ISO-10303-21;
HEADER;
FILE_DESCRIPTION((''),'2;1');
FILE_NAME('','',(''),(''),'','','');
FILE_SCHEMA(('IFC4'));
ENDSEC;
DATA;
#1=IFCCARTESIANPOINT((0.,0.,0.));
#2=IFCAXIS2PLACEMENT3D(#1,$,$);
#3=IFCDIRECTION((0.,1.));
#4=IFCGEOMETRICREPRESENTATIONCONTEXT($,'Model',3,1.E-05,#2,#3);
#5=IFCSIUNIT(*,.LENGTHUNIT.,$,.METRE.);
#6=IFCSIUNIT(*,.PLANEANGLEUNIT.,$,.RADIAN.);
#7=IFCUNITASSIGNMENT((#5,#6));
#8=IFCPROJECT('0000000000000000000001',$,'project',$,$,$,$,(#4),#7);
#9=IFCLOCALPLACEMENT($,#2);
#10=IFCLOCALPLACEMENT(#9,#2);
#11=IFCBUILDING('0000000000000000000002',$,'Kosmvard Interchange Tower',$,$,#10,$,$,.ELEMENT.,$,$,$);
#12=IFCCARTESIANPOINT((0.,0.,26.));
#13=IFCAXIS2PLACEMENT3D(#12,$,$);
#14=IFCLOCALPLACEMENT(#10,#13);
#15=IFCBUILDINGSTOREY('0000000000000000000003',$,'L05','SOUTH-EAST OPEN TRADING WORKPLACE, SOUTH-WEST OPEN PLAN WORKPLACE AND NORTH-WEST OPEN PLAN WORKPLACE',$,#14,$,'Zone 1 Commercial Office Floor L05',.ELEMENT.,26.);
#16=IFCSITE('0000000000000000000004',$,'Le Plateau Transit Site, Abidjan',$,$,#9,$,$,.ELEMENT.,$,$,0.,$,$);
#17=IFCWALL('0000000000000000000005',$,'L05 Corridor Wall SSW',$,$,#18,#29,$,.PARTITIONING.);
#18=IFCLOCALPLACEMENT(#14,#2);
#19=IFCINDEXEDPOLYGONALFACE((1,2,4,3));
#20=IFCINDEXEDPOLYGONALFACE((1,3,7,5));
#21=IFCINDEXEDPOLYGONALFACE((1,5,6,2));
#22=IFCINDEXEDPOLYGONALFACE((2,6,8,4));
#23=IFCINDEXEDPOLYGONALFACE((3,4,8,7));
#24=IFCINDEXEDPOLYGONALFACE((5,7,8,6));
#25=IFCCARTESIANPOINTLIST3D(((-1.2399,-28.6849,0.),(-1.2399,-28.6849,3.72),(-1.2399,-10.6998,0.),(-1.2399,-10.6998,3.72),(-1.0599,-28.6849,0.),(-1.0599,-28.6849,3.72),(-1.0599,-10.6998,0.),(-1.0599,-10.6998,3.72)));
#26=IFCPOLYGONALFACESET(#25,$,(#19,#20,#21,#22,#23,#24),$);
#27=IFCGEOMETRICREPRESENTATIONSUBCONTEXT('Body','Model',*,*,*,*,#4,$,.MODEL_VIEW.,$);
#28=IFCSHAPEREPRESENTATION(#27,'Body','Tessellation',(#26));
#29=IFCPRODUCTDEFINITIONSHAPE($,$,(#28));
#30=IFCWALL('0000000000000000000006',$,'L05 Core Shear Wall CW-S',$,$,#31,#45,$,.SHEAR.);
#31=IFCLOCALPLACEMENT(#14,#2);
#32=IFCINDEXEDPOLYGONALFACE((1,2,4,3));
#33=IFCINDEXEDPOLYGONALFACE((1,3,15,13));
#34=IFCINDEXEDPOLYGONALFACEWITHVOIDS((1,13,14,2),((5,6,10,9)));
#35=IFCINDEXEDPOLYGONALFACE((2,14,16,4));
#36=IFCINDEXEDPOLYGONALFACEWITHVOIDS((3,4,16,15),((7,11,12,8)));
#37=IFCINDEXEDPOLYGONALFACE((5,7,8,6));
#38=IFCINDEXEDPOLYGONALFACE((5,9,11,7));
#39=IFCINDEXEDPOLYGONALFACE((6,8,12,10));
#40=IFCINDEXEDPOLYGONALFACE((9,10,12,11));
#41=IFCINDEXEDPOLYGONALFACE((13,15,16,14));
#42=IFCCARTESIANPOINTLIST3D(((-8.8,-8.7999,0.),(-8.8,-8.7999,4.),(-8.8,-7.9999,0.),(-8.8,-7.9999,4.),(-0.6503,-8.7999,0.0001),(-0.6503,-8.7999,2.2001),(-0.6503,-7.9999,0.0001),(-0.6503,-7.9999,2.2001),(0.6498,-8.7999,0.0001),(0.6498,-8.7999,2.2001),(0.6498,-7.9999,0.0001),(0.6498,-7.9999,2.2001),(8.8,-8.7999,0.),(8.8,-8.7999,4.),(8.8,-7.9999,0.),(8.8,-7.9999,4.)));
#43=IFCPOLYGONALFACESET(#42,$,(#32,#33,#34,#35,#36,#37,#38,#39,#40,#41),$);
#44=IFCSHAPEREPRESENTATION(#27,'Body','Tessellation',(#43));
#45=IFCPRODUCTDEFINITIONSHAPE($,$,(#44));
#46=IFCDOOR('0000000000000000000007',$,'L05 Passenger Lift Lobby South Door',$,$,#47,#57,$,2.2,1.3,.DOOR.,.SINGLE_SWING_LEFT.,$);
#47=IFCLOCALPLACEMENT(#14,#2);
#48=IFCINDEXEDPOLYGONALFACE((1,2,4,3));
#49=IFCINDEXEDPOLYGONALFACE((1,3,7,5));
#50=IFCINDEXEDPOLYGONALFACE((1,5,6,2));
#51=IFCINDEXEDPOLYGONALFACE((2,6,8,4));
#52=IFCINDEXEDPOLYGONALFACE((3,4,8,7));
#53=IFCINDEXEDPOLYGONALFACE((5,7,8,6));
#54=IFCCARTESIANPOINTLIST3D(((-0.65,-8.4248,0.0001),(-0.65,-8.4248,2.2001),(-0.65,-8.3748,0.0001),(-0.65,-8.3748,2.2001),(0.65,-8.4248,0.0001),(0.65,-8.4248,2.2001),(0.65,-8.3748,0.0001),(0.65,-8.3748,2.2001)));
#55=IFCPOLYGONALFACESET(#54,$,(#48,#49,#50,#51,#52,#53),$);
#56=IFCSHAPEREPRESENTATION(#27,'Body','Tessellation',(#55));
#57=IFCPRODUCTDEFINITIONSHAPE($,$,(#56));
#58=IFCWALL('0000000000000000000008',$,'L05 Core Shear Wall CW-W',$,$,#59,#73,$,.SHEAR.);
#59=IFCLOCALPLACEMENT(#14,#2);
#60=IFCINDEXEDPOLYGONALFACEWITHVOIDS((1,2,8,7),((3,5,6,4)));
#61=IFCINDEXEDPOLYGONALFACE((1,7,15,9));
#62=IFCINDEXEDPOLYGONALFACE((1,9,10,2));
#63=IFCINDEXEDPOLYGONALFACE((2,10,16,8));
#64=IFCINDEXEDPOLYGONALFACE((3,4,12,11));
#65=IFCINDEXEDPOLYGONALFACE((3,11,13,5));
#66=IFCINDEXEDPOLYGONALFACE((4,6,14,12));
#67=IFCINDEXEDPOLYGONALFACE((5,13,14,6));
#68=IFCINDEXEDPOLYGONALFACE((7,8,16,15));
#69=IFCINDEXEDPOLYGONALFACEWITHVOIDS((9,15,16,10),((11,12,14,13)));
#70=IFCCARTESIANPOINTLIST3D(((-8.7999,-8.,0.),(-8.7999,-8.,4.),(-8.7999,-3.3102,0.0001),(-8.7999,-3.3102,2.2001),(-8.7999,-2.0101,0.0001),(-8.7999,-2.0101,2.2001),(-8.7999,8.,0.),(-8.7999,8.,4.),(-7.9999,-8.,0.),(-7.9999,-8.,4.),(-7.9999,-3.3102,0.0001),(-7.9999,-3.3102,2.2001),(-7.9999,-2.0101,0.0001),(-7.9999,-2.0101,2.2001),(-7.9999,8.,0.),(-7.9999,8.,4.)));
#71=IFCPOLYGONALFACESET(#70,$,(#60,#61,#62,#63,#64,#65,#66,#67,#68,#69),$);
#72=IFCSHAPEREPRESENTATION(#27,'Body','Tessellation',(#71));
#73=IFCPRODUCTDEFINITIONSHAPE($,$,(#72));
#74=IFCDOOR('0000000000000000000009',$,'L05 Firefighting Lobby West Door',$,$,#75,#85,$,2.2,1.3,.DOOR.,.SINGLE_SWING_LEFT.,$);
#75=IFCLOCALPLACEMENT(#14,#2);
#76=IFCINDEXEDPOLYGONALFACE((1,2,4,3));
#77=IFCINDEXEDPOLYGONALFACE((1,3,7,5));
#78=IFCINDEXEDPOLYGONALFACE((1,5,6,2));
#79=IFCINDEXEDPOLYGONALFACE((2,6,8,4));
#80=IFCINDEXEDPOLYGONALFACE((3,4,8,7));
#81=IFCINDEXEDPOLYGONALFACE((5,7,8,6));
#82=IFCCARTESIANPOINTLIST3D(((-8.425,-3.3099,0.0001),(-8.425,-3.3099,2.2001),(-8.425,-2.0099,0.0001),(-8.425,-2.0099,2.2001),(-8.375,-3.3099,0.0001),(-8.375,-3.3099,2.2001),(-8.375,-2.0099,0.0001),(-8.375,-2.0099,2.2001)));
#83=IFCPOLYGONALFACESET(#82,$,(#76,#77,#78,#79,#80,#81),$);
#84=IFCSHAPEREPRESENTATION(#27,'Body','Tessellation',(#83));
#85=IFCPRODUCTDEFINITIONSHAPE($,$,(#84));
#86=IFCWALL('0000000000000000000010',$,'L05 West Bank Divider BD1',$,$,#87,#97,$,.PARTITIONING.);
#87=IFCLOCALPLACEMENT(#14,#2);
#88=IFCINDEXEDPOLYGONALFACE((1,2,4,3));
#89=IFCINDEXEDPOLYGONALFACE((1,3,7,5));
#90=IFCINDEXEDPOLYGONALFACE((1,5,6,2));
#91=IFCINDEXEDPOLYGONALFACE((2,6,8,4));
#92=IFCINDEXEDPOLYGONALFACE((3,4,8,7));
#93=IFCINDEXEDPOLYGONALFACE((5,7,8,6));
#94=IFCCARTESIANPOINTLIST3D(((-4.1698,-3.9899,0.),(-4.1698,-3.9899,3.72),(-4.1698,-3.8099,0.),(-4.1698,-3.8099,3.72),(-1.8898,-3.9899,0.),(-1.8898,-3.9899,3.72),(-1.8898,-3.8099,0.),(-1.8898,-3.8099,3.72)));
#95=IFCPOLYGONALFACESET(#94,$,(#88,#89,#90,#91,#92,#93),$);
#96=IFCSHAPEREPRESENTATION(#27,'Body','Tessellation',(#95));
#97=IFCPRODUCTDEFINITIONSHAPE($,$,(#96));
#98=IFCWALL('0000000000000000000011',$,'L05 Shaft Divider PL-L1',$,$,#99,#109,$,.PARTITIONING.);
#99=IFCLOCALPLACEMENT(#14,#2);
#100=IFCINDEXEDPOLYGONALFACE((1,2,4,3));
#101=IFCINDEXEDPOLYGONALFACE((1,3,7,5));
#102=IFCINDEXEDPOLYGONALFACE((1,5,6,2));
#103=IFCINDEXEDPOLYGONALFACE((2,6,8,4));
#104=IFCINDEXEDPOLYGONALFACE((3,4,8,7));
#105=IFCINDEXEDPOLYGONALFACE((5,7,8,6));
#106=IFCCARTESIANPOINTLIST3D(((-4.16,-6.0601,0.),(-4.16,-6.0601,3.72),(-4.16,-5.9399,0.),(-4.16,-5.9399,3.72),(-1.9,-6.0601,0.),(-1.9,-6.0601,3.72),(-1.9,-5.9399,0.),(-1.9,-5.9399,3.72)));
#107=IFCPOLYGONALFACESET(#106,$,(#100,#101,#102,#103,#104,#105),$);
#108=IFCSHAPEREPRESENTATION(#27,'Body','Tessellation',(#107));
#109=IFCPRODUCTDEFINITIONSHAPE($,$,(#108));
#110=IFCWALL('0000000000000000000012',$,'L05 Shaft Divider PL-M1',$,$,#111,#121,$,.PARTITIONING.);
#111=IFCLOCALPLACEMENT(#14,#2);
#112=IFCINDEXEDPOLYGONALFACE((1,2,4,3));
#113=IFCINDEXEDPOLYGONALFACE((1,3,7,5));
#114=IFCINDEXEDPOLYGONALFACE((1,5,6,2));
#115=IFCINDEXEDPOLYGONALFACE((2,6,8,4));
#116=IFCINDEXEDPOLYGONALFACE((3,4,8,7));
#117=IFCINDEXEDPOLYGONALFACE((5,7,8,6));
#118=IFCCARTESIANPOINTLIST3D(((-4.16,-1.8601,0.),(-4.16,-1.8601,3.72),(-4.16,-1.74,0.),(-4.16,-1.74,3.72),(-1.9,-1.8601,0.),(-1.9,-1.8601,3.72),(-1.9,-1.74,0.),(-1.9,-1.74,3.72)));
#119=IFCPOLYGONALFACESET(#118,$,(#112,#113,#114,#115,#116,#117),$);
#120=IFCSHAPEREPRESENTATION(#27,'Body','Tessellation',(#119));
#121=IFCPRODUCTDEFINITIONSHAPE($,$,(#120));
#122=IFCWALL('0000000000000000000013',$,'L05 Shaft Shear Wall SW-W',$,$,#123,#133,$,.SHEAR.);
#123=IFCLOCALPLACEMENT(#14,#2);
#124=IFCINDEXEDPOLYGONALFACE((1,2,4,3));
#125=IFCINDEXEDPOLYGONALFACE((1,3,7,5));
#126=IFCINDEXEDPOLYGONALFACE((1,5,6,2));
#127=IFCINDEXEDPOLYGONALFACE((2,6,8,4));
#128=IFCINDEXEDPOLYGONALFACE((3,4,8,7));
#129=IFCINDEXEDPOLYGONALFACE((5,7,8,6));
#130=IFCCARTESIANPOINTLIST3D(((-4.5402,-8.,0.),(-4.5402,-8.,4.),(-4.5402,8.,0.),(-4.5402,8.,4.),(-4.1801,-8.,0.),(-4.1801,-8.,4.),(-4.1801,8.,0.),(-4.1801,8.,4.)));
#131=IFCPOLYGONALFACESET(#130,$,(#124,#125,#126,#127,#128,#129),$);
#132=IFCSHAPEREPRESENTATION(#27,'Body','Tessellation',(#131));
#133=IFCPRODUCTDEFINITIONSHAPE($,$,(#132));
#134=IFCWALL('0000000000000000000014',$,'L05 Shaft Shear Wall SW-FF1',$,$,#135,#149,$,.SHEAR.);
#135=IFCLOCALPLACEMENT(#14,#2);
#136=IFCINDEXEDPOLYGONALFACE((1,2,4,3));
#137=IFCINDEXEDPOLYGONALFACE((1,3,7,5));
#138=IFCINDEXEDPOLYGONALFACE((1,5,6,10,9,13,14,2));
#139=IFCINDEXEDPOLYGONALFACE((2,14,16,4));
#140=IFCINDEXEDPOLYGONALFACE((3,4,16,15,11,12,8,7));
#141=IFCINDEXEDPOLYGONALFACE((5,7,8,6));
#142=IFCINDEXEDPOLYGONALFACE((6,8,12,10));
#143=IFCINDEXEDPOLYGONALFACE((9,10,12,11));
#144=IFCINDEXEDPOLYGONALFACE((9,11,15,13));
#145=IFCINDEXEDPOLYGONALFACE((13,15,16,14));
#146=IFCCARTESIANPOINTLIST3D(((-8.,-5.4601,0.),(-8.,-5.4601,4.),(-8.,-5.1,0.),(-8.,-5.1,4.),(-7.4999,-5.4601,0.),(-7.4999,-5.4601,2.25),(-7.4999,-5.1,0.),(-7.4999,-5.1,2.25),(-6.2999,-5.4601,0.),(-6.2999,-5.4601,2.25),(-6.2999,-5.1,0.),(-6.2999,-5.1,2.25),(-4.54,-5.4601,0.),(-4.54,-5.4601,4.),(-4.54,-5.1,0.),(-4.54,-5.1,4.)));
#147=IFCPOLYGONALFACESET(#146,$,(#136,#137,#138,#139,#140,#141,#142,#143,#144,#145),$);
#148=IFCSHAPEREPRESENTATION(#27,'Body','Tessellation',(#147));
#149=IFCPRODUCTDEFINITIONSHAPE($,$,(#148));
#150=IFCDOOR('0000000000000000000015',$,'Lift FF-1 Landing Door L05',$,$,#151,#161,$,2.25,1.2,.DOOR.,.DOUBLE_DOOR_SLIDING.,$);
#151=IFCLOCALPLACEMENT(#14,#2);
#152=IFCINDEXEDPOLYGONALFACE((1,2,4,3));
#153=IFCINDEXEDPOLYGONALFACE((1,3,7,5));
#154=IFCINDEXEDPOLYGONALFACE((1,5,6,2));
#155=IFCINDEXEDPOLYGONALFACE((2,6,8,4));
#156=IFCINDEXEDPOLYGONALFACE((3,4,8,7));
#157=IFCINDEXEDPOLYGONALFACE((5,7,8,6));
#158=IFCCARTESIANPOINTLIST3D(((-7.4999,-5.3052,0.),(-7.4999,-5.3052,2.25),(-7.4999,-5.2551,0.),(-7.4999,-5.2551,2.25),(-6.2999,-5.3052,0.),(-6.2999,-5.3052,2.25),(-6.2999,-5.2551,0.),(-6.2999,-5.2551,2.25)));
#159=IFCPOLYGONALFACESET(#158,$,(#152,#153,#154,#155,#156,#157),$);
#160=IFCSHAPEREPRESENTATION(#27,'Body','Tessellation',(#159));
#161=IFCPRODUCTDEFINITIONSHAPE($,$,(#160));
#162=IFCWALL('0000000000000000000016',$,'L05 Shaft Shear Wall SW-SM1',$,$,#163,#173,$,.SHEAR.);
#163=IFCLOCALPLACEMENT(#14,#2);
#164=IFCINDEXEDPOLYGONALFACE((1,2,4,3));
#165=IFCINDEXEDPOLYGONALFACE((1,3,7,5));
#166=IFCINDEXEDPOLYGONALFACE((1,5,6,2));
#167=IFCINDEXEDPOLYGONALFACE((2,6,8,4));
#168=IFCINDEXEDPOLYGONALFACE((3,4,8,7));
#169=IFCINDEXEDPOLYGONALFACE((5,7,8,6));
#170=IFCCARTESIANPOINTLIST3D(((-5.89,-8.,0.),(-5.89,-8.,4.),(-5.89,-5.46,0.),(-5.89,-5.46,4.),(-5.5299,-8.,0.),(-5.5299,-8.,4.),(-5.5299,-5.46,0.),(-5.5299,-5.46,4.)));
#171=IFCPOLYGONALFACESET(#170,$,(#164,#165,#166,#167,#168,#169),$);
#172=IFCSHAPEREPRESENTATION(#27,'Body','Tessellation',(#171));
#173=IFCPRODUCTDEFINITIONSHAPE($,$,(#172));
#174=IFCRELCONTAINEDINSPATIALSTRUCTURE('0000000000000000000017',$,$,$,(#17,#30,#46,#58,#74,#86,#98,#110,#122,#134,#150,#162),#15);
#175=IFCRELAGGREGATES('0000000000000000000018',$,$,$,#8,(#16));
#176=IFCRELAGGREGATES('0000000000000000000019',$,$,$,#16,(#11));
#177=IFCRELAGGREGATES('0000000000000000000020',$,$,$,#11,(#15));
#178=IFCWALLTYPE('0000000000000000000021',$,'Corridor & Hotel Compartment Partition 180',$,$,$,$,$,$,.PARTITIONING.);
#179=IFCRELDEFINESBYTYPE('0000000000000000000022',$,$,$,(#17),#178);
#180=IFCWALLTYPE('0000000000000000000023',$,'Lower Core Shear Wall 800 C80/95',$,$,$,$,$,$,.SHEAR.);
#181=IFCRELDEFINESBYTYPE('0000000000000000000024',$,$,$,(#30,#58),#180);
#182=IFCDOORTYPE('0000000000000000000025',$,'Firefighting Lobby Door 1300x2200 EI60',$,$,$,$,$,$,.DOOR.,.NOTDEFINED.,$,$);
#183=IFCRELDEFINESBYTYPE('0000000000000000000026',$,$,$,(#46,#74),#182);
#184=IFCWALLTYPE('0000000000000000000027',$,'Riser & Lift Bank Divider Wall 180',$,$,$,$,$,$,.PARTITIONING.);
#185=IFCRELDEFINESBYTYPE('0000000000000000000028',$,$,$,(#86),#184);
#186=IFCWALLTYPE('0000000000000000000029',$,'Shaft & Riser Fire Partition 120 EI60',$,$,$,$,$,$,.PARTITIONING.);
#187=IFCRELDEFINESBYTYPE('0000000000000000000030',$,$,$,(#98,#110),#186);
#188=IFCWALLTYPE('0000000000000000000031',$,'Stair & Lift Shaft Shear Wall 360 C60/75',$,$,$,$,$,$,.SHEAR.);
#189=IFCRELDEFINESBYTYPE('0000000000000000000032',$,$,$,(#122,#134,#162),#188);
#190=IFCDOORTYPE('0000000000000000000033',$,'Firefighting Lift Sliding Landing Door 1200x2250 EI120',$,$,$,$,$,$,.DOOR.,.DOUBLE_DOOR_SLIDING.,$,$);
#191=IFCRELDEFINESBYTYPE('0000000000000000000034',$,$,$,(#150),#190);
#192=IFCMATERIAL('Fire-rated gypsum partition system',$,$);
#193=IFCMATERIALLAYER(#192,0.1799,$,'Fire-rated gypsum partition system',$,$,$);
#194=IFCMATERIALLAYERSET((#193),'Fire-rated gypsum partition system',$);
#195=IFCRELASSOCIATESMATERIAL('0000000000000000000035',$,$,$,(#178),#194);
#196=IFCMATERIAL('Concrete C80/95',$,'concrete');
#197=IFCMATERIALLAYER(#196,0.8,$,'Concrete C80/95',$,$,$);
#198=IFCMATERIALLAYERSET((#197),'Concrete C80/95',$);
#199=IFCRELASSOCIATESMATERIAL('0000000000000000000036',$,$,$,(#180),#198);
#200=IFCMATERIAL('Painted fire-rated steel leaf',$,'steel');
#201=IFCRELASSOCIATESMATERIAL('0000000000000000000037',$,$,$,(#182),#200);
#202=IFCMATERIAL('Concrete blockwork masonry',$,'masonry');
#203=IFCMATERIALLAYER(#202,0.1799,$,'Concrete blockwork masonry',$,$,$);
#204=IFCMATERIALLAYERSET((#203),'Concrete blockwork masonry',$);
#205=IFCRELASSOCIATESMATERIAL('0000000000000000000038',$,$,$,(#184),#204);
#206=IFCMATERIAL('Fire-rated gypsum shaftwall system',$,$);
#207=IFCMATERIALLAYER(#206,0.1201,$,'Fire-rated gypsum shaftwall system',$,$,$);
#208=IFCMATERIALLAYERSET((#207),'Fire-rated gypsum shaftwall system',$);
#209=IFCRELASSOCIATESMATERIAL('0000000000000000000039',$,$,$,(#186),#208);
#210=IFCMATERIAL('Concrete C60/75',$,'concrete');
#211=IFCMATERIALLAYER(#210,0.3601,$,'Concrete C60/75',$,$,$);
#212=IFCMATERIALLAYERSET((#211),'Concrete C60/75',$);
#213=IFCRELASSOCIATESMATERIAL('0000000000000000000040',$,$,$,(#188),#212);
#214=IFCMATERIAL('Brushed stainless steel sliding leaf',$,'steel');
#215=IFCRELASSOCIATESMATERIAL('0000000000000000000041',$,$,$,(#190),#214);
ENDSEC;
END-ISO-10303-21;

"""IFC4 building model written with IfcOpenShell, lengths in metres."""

from ifc_helpers import new_model, si_unit, direction, frame, frame_2d, origin, place, context, subcontext, project, spatial, rectangle, extrude, source, transform, mapped, material, layer, layer_set, type_object, element, fill, save


model = new_model("IFC4")

# Units and contexts
model_context = context("Model", 3, precision=1e-05, world=origin(), true_north=direction((0.0, 1.0)))
body_context = subcontext(model_context, "Body", "Model", "MODEL_VIEW")
ifc_project = project(units=[si_unit("LENGTHUNIT", "METRE"), si_unit("PLANEANGLEUNIT", "RADIAN")], contexts=[model_context])

# Site, building, storey
site_placement = place(None, origin())
site = spatial("IfcSite", under=ifc_project, at=site_placement, Name="Le Plateau Transit Site, Abidjan", CompositionType="ELEMENT", RefElevation=0.0)
building_placement = place(site_placement, origin())
building = spatial("IfcBuilding", under=site, at=building_placement, Name="Kosmvard Interchange Tower", CompositionType="ELEMENT")
storey_placement = place(building_placement, frame((0.0, 0.0, 26.0)))
storey = spatial("IfcBuildingStorey", under=building, at=storey_placement, Name="L05", Description="SOUTH-EAST OPEN TRADING WORKPLACE, SOUTH-WEST OPEN PLAN WORKPLACE AND NORTH-WEST OPEN PLAN WORKPLACE", LongName="Zone 1 Commercial Office Floor L05", CompositionType="ELEMENT", Elevation=26.0)

# Shared definitions
ifc_material_1 = material(Name="Concrete C80/95", Category="concrete")
ifc_material_2 = material(Name="Concrete C60/75", Category="concrete")

# Shared definitions
ifc_material_3 = material(Name="Fire-rated gypsum partition system")
ifc_layer_1 = layer(ifc_material_3, 0.1799, Name="Fire-rated gypsum partition system")
ifc_layer_set_1 = layer_set([ifc_layer_1], Name="Fire-rated gypsum partition system")
wall_type_1 = type_object("IfcWallType", Name="Corridor & Hotel Compartment Partition 180", PredefinedType="PARTITIONING", material=ifc_layer_set_1)
ifc_material_4 = material(Name="Brushed stainless steel sliding leaf", Category="steel")

# Wall
wall_1_placement = place(storey_placement, frame((-1.1499, -28.6851, 0.0), z_axis=(0.0, 0.0, 1.0), x_axis=(0.0, 1.0, 0.0)))
element("IfcWall", 1, at=wall_1_placement, inside=storey, type_object=wall_type_1, Name="L05 Corridor Wall SSW", PredefinedType="PARTITIONING", context=body_context, shape_type="SweptSolid", body=[
    extrude(rectangle(XDim=17.9851, YDim=0.1799, at=frame_2d((8.9927, 0.0))), origin(), (0.0, 0.0, 1.0), 3.72),
])

# Walls, openings, doors
ifc_layer_2 = layer(ifc_material_1, 0.8, Name="Concrete C80/95")
ifc_layer_set_2 = layer_set([ifc_layer_2], Name="Concrete C80/95")
wall_type_2 = type_object("IfcWallType", Name="Lower Core Shear Wall 800 C80/95", PredefinedType="SHEAR", material=ifc_layer_set_2)
wall_2_placement = place(storey_placement, frame((-8.8, -8.3999, 0.0), z_axis=(0.0, 0.0, 1.0), x_axis=(1.0, 0.0, 0.0)))
wall_2 = element("IfcWall", 2, at=wall_2_placement, inside=storey, type_object=wall_type_2, Name="L05 Core Shear Wall CW-S", PredefinedType="SHEAR", context=body_context, shape_type="SweptSolid", body=[
    extrude(rectangle(XDim=17.6001, YDim=0.8, at=frame_2d((8.8, 0.0))), origin(), (0.0, 0.0, 1.0), 4.0),
])
opening_1_placement = place(wall_2_placement, frame((8.1499, 0.0, 0.0)))
opening_1 = element("IfcOpeningElement", 3, at=opening_1_placement, cuts=wall_2, PredefinedType="OPENING", context=body_context, shape_type="SweptSolid", body=[
    extrude(rectangle(XDim=1.3, YDim=2.2, at=frame_2d((0.6499, 1.1001))), frame((0.0, 0.4102, 0.0), z_axis=(0.0, -1.0, 0.0), x_axis=(1.0, 0.0, 0.0)), (0.0, 0.0, 1.0), 0.8201),
])
ifc_material_5 = material(Name="Painted fire-rated steel leaf", Category="steel")
door_type_1 = type_object("IfcDoorType", Name="Firefighting Lobby Door 1300x2200 EI60", OperationType="NOTDEFINED", PredefinedType="DOOR", material=ifc_material_5)
shared_shape_1 = source(origin(), body_context, "Body", "SweptSolid", [
    extrude(rectangle(XDim=1.3, YDim=2.2, at=frame_2d((0.6499, 1.1001))), frame((0.0, 0.0249, 0.0), z_axis=(0.0, -1.0, 0.0), x_axis=(1.0, 0.0, 0.0)), (0.0, 0.0, 1.0), 0.05),
])
door_1_placement = place(opening_1_placement, frame((1.3, 0.0, 0.0), z_axis=(0.0, 0.0, 1.0), x_axis=(-1.0, 0.0, 0.0)))
door_1 = element("IfcDoor", 4, at=door_1_placement, inside=storey, type_object=door_type_1, Name="L05 Passenger Lift Lobby South Door", OperationType="SINGLE_SWING_LEFT", OverallHeight=2.2, OverallWidth=1.3, PredefinedType="DOOR", context=body_context, shape_type="MappedRepresentation", body=[
    mapped(shared_shape_1, transform((0.0, 0.0, 0.0), scale=1.0)),
])
fill(opening_1, door_1)
wall_3_placement = place(storey_placement, frame((-8.3999, -8.0, 0.0), z_axis=(0.0, 0.0, 1.0), x_axis=(0.0, 1.0, 0.0)))
wall_3 = element("IfcWall", 5, at=wall_3_placement, inside=storey, type_object=wall_type_2, Name="L05 Core Shear Wall CW-W", PredefinedType="SHEAR", context=body_context, shape_type="SweptSolid", body=[
    extrude(rectangle(XDim=16.0, YDim=0.8, at=frame_2d((8.0, 0.0))), origin(), (0.0, 0.0, 1.0), 4.0),
])
opening_2_placement = place(wall_3_placement, frame((4.6899, 0.0, 0.0)))
opening_2 = element("IfcOpeningElement", 6, at=opening_2_placement, cuts=wall_3, PredefinedType="OPENING", context=body_context, shape_type="SweptSolid", body=[
    extrude(rectangle(XDim=1.3, YDim=2.2, at=frame_2d((0.6499, 1.1001))), frame((0.0, 0.4102, 0.0), z_axis=(0.0, -1.0, 0.0), x_axis=(1.0, 0.0, 0.0)), (0.0, 0.0, 1.0), 0.8201),
])
door_2_placement = place(opening_2_placement, frame((1.3, 0.0, 0.0), z_axis=(0.0, 0.0, 1.0), x_axis=(-1.0, 0.0, 0.0)))
door_2 = element("IfcDoor", 7, at=door_2_placement, inside=storey, type_object=door_type_1, Name="L05 Firefighting Lobby West Door", OperationType="SINGLE_SWING_LEFT", OverallHeight=2.2, OverallWidth=1.3, PredefinedType="DOOR", context=body_context, shape_type="MappedRepresentation", body=[
    mapped(shared_shape_1, transform((0.0, 0.0, 0.0), scale=1.0)),
])
fill(opening_2, door_2)

# Walls
ifc_material_6 = material(Name="Concrete blockwork masonry", Category="masonry")
ifc_layer_3 = layer(ifc_material_6, 0.1799, Name="Concrete blockwork masonry")
ifc_layer_set_3 = layer_set([ifc_layer_3], Name="Concrete blockwork masonry")
wall_type_3 = type_object("IfcWallType", Name="Riser & Lift Bank Divider Wall 180", PredefinedType="PARTITIONING", material=ifc_layer_set_3)
wall_4_placement = place(storey_placement, frame((-4.1699, -3.8999, 0.0), z_axis=(0.0, 0.0, 1.0), x_axis=(1.0, 0.0, 0.0)))
element("IfcWall", 8, at=wall_4_placement, inside=storey, type_object=wall_type_3, Name="L05 West Bank Divider BD1", PredefinedType="PARTITIONING", context=body_context, shape_type="SweptSolid", body=[
    extrude(rectangle(XDim=2.28, YDim=0.1799, at=frame_2d((1.1401, 0.0))), origin(), (0.0, 0.0, 1.0), 3.72),
])
ifc_material_7 = material(Name="Fire-rated gypsum shaftwall system")
ifc_layer_4 = layer(ifc_material_7, 0.1201, Name="Fire-rated gypsum shaftwall system")
ifc_layer_set_4 = layer_set([ifc_layer_4], Name="Fire-rated gypsum shaftwall system")
wall_type_4 = type_object("IfcWallType", Name="Shaft & Riser Fire Partition 120 EI60", PredefinedType="PARTITIONING", material=ifc_layer_set_4)
for number, where, z_axis, x_axis, name in (
    (9, (-4.1599, -6.0, 0.0), (0.0, 0.0, 1.0), (1.0, 0.0, 0.0), "L05 Shaft Divider PL-L1"),
    (10, (-4.1599, -1.8, 0.0), (0.0, 0.0, 1.0), (1.0, 0.0, 0.0), "L05 Shaft Divider PL-M1"),
):
    element("IfcWall", number, at=place(storey_placement, frame(where, z_axis=z_axis, x_axis=x_axis)), inside=storey, type_object=wall_type_4, Name=name, PredefinedType="PARTITIONING", context=body_context, shape_type="SweptSolid", body=[
        extrude(rectangle(XDim=2.26, YDim=0.1201, at=frame_2d((1.1299, 0.0))), origin(), (0.0, 0.0, 1.0), 3.72),
    ])
ifc_layer_5 = layer(ifc_material_2, 0.3601, Name="Concrete C60/75")
ifc_layer_set_5 = layer_set([ifc_layer_5], Name="Concrete C60/75")
wall_type_5 = type_object("IfcWallType", Name="Stair & Lift Shaft Shear Wall 360 C60/75", PredefinedType="SHEAR", material=ifc_layer_set_5)
wall_5_placement = place(storey_placement, frame((-4.3601, -8.0, 0.0), z_axis=(0.0, 0.0, 1.0), x_axis=(0.0, 1.0, 0.0)))
element("IfcWall", 11, at=wall_5_placement, inside=storey, type_object=wall_type_5, Name="L05 Shaft Shear Wall SW-W", PredefinedType="SHEAR", context=body_context, shape_type="SweptSolid", body=[
    extrude(rectangle(XDim=16.0, YDim=0.3601, at=frame_2d((8.0, 0.0))), origin(), (0.0, 0.0, 1.0), 4.0),
])

# Wall, opening, door
wall_6_placement = place(storey_placement, frame((-8.0, -5.28, 0.0), z_axis=(0.0, 0.0, 1.0), x_axis=(1.0, 0.0, 0.0)))
wall_6 = element("IfcWall", 12, at=wall_6_placement, inside=storey, type_object=wall_type_5, Name="L05 Shaft Shear Wall SW-FF1", PredefinedType="SHEAR", context=body_context, shape_type="SweptSolid", body=[
    extrude(rectangle(XDim=3.46, YDim=0.3601, at=frame_2d((1.73, 0.0))), origin(), (0.0, 0.0, 1.0), 4.0),
])
opening_3_placement = place(wall_6_placement, frame((0.5, 0.0, 0.0)))
opening_3 = element("IfcOpeningElement", 13, at=opening_3_placement, cuts=wall_6, PredefinedType="OPENING", context=body_context, shape_type="SweptSolid", body=[
    extrude(rectangle(XDim=1.2, YDim=2.25, at=frame_2d((0.6001, 1.125))), frame((0.0, 0.1899, 0.0), z_axis=(0.0, -1.0, 0.0), x_axis=(1.0, 0.0, 0.0)), (0.0, 0.0, 1.0), 0.3801),
])
door_type_2 = type_object("IfcDoorType", Name="Firefighting Lift Sliding Landing Door 1200x2250 EI120", OperationType="DOUBLE_DOOR_SLIDING", PredefinedType="DOOR", material=ifc_material_4)
shared_shape_2 = source(origin(), body_context, "Body", "SweptSolid", [
    extrude(rectangle(XDim=1.2, YDim=2.25, at=frame_2d((0.6001, 1.125))), frame((0.0, 0.0249, 0.0), z_axis=(0.0, -1.0, 0.0), x_axis=(1.0, 0.0, 0.0)), (0.0, 0.0, 1.0), 0.05),
])
door_3_placement = place(opening_3_placement, origin())
door_3 = element("IfcDoor", 14, at=door_3_placement, inside=storey, type_object=door_type_2, Name="Lift FF-1 Landing Door L05", OperationType="DOUBLE_DOOR_SLIDING", OverallHeight=2.25, OverallWidth=1.2, PredefinedType="DOOR", context=body_context, shape_type="MappedRepresentation", body=[
    mapped(shared_shape_2, transform((0.0, 0.0, 0.0), scale=1.0)),
])
fill(opening_3, door_3)

# Wall
wall_7_placement = place(storey_placement, frame((-5.71, -8.0, 0.0), z_axis=(0.0, 0.0, 1.0), x_axis=(0.0, 1.0, 0.0)))
element("IfcWall", 15, at=wall_7_placement, inside=storey, type_object=wall_type_5, Name="L05 Shaft Shear Wall SW-SM1", PredefinedType="SHEAR", context=body_context, shape_type="SweptSolid", body=[
    extrude(rectangle(XDim=2.54, YDim=0.3601, at=frame_2d((1.27, 0.0))), origin(), (0.0, 0.0, 1.0), 4.0),
])

save(model, "model.ifc")
